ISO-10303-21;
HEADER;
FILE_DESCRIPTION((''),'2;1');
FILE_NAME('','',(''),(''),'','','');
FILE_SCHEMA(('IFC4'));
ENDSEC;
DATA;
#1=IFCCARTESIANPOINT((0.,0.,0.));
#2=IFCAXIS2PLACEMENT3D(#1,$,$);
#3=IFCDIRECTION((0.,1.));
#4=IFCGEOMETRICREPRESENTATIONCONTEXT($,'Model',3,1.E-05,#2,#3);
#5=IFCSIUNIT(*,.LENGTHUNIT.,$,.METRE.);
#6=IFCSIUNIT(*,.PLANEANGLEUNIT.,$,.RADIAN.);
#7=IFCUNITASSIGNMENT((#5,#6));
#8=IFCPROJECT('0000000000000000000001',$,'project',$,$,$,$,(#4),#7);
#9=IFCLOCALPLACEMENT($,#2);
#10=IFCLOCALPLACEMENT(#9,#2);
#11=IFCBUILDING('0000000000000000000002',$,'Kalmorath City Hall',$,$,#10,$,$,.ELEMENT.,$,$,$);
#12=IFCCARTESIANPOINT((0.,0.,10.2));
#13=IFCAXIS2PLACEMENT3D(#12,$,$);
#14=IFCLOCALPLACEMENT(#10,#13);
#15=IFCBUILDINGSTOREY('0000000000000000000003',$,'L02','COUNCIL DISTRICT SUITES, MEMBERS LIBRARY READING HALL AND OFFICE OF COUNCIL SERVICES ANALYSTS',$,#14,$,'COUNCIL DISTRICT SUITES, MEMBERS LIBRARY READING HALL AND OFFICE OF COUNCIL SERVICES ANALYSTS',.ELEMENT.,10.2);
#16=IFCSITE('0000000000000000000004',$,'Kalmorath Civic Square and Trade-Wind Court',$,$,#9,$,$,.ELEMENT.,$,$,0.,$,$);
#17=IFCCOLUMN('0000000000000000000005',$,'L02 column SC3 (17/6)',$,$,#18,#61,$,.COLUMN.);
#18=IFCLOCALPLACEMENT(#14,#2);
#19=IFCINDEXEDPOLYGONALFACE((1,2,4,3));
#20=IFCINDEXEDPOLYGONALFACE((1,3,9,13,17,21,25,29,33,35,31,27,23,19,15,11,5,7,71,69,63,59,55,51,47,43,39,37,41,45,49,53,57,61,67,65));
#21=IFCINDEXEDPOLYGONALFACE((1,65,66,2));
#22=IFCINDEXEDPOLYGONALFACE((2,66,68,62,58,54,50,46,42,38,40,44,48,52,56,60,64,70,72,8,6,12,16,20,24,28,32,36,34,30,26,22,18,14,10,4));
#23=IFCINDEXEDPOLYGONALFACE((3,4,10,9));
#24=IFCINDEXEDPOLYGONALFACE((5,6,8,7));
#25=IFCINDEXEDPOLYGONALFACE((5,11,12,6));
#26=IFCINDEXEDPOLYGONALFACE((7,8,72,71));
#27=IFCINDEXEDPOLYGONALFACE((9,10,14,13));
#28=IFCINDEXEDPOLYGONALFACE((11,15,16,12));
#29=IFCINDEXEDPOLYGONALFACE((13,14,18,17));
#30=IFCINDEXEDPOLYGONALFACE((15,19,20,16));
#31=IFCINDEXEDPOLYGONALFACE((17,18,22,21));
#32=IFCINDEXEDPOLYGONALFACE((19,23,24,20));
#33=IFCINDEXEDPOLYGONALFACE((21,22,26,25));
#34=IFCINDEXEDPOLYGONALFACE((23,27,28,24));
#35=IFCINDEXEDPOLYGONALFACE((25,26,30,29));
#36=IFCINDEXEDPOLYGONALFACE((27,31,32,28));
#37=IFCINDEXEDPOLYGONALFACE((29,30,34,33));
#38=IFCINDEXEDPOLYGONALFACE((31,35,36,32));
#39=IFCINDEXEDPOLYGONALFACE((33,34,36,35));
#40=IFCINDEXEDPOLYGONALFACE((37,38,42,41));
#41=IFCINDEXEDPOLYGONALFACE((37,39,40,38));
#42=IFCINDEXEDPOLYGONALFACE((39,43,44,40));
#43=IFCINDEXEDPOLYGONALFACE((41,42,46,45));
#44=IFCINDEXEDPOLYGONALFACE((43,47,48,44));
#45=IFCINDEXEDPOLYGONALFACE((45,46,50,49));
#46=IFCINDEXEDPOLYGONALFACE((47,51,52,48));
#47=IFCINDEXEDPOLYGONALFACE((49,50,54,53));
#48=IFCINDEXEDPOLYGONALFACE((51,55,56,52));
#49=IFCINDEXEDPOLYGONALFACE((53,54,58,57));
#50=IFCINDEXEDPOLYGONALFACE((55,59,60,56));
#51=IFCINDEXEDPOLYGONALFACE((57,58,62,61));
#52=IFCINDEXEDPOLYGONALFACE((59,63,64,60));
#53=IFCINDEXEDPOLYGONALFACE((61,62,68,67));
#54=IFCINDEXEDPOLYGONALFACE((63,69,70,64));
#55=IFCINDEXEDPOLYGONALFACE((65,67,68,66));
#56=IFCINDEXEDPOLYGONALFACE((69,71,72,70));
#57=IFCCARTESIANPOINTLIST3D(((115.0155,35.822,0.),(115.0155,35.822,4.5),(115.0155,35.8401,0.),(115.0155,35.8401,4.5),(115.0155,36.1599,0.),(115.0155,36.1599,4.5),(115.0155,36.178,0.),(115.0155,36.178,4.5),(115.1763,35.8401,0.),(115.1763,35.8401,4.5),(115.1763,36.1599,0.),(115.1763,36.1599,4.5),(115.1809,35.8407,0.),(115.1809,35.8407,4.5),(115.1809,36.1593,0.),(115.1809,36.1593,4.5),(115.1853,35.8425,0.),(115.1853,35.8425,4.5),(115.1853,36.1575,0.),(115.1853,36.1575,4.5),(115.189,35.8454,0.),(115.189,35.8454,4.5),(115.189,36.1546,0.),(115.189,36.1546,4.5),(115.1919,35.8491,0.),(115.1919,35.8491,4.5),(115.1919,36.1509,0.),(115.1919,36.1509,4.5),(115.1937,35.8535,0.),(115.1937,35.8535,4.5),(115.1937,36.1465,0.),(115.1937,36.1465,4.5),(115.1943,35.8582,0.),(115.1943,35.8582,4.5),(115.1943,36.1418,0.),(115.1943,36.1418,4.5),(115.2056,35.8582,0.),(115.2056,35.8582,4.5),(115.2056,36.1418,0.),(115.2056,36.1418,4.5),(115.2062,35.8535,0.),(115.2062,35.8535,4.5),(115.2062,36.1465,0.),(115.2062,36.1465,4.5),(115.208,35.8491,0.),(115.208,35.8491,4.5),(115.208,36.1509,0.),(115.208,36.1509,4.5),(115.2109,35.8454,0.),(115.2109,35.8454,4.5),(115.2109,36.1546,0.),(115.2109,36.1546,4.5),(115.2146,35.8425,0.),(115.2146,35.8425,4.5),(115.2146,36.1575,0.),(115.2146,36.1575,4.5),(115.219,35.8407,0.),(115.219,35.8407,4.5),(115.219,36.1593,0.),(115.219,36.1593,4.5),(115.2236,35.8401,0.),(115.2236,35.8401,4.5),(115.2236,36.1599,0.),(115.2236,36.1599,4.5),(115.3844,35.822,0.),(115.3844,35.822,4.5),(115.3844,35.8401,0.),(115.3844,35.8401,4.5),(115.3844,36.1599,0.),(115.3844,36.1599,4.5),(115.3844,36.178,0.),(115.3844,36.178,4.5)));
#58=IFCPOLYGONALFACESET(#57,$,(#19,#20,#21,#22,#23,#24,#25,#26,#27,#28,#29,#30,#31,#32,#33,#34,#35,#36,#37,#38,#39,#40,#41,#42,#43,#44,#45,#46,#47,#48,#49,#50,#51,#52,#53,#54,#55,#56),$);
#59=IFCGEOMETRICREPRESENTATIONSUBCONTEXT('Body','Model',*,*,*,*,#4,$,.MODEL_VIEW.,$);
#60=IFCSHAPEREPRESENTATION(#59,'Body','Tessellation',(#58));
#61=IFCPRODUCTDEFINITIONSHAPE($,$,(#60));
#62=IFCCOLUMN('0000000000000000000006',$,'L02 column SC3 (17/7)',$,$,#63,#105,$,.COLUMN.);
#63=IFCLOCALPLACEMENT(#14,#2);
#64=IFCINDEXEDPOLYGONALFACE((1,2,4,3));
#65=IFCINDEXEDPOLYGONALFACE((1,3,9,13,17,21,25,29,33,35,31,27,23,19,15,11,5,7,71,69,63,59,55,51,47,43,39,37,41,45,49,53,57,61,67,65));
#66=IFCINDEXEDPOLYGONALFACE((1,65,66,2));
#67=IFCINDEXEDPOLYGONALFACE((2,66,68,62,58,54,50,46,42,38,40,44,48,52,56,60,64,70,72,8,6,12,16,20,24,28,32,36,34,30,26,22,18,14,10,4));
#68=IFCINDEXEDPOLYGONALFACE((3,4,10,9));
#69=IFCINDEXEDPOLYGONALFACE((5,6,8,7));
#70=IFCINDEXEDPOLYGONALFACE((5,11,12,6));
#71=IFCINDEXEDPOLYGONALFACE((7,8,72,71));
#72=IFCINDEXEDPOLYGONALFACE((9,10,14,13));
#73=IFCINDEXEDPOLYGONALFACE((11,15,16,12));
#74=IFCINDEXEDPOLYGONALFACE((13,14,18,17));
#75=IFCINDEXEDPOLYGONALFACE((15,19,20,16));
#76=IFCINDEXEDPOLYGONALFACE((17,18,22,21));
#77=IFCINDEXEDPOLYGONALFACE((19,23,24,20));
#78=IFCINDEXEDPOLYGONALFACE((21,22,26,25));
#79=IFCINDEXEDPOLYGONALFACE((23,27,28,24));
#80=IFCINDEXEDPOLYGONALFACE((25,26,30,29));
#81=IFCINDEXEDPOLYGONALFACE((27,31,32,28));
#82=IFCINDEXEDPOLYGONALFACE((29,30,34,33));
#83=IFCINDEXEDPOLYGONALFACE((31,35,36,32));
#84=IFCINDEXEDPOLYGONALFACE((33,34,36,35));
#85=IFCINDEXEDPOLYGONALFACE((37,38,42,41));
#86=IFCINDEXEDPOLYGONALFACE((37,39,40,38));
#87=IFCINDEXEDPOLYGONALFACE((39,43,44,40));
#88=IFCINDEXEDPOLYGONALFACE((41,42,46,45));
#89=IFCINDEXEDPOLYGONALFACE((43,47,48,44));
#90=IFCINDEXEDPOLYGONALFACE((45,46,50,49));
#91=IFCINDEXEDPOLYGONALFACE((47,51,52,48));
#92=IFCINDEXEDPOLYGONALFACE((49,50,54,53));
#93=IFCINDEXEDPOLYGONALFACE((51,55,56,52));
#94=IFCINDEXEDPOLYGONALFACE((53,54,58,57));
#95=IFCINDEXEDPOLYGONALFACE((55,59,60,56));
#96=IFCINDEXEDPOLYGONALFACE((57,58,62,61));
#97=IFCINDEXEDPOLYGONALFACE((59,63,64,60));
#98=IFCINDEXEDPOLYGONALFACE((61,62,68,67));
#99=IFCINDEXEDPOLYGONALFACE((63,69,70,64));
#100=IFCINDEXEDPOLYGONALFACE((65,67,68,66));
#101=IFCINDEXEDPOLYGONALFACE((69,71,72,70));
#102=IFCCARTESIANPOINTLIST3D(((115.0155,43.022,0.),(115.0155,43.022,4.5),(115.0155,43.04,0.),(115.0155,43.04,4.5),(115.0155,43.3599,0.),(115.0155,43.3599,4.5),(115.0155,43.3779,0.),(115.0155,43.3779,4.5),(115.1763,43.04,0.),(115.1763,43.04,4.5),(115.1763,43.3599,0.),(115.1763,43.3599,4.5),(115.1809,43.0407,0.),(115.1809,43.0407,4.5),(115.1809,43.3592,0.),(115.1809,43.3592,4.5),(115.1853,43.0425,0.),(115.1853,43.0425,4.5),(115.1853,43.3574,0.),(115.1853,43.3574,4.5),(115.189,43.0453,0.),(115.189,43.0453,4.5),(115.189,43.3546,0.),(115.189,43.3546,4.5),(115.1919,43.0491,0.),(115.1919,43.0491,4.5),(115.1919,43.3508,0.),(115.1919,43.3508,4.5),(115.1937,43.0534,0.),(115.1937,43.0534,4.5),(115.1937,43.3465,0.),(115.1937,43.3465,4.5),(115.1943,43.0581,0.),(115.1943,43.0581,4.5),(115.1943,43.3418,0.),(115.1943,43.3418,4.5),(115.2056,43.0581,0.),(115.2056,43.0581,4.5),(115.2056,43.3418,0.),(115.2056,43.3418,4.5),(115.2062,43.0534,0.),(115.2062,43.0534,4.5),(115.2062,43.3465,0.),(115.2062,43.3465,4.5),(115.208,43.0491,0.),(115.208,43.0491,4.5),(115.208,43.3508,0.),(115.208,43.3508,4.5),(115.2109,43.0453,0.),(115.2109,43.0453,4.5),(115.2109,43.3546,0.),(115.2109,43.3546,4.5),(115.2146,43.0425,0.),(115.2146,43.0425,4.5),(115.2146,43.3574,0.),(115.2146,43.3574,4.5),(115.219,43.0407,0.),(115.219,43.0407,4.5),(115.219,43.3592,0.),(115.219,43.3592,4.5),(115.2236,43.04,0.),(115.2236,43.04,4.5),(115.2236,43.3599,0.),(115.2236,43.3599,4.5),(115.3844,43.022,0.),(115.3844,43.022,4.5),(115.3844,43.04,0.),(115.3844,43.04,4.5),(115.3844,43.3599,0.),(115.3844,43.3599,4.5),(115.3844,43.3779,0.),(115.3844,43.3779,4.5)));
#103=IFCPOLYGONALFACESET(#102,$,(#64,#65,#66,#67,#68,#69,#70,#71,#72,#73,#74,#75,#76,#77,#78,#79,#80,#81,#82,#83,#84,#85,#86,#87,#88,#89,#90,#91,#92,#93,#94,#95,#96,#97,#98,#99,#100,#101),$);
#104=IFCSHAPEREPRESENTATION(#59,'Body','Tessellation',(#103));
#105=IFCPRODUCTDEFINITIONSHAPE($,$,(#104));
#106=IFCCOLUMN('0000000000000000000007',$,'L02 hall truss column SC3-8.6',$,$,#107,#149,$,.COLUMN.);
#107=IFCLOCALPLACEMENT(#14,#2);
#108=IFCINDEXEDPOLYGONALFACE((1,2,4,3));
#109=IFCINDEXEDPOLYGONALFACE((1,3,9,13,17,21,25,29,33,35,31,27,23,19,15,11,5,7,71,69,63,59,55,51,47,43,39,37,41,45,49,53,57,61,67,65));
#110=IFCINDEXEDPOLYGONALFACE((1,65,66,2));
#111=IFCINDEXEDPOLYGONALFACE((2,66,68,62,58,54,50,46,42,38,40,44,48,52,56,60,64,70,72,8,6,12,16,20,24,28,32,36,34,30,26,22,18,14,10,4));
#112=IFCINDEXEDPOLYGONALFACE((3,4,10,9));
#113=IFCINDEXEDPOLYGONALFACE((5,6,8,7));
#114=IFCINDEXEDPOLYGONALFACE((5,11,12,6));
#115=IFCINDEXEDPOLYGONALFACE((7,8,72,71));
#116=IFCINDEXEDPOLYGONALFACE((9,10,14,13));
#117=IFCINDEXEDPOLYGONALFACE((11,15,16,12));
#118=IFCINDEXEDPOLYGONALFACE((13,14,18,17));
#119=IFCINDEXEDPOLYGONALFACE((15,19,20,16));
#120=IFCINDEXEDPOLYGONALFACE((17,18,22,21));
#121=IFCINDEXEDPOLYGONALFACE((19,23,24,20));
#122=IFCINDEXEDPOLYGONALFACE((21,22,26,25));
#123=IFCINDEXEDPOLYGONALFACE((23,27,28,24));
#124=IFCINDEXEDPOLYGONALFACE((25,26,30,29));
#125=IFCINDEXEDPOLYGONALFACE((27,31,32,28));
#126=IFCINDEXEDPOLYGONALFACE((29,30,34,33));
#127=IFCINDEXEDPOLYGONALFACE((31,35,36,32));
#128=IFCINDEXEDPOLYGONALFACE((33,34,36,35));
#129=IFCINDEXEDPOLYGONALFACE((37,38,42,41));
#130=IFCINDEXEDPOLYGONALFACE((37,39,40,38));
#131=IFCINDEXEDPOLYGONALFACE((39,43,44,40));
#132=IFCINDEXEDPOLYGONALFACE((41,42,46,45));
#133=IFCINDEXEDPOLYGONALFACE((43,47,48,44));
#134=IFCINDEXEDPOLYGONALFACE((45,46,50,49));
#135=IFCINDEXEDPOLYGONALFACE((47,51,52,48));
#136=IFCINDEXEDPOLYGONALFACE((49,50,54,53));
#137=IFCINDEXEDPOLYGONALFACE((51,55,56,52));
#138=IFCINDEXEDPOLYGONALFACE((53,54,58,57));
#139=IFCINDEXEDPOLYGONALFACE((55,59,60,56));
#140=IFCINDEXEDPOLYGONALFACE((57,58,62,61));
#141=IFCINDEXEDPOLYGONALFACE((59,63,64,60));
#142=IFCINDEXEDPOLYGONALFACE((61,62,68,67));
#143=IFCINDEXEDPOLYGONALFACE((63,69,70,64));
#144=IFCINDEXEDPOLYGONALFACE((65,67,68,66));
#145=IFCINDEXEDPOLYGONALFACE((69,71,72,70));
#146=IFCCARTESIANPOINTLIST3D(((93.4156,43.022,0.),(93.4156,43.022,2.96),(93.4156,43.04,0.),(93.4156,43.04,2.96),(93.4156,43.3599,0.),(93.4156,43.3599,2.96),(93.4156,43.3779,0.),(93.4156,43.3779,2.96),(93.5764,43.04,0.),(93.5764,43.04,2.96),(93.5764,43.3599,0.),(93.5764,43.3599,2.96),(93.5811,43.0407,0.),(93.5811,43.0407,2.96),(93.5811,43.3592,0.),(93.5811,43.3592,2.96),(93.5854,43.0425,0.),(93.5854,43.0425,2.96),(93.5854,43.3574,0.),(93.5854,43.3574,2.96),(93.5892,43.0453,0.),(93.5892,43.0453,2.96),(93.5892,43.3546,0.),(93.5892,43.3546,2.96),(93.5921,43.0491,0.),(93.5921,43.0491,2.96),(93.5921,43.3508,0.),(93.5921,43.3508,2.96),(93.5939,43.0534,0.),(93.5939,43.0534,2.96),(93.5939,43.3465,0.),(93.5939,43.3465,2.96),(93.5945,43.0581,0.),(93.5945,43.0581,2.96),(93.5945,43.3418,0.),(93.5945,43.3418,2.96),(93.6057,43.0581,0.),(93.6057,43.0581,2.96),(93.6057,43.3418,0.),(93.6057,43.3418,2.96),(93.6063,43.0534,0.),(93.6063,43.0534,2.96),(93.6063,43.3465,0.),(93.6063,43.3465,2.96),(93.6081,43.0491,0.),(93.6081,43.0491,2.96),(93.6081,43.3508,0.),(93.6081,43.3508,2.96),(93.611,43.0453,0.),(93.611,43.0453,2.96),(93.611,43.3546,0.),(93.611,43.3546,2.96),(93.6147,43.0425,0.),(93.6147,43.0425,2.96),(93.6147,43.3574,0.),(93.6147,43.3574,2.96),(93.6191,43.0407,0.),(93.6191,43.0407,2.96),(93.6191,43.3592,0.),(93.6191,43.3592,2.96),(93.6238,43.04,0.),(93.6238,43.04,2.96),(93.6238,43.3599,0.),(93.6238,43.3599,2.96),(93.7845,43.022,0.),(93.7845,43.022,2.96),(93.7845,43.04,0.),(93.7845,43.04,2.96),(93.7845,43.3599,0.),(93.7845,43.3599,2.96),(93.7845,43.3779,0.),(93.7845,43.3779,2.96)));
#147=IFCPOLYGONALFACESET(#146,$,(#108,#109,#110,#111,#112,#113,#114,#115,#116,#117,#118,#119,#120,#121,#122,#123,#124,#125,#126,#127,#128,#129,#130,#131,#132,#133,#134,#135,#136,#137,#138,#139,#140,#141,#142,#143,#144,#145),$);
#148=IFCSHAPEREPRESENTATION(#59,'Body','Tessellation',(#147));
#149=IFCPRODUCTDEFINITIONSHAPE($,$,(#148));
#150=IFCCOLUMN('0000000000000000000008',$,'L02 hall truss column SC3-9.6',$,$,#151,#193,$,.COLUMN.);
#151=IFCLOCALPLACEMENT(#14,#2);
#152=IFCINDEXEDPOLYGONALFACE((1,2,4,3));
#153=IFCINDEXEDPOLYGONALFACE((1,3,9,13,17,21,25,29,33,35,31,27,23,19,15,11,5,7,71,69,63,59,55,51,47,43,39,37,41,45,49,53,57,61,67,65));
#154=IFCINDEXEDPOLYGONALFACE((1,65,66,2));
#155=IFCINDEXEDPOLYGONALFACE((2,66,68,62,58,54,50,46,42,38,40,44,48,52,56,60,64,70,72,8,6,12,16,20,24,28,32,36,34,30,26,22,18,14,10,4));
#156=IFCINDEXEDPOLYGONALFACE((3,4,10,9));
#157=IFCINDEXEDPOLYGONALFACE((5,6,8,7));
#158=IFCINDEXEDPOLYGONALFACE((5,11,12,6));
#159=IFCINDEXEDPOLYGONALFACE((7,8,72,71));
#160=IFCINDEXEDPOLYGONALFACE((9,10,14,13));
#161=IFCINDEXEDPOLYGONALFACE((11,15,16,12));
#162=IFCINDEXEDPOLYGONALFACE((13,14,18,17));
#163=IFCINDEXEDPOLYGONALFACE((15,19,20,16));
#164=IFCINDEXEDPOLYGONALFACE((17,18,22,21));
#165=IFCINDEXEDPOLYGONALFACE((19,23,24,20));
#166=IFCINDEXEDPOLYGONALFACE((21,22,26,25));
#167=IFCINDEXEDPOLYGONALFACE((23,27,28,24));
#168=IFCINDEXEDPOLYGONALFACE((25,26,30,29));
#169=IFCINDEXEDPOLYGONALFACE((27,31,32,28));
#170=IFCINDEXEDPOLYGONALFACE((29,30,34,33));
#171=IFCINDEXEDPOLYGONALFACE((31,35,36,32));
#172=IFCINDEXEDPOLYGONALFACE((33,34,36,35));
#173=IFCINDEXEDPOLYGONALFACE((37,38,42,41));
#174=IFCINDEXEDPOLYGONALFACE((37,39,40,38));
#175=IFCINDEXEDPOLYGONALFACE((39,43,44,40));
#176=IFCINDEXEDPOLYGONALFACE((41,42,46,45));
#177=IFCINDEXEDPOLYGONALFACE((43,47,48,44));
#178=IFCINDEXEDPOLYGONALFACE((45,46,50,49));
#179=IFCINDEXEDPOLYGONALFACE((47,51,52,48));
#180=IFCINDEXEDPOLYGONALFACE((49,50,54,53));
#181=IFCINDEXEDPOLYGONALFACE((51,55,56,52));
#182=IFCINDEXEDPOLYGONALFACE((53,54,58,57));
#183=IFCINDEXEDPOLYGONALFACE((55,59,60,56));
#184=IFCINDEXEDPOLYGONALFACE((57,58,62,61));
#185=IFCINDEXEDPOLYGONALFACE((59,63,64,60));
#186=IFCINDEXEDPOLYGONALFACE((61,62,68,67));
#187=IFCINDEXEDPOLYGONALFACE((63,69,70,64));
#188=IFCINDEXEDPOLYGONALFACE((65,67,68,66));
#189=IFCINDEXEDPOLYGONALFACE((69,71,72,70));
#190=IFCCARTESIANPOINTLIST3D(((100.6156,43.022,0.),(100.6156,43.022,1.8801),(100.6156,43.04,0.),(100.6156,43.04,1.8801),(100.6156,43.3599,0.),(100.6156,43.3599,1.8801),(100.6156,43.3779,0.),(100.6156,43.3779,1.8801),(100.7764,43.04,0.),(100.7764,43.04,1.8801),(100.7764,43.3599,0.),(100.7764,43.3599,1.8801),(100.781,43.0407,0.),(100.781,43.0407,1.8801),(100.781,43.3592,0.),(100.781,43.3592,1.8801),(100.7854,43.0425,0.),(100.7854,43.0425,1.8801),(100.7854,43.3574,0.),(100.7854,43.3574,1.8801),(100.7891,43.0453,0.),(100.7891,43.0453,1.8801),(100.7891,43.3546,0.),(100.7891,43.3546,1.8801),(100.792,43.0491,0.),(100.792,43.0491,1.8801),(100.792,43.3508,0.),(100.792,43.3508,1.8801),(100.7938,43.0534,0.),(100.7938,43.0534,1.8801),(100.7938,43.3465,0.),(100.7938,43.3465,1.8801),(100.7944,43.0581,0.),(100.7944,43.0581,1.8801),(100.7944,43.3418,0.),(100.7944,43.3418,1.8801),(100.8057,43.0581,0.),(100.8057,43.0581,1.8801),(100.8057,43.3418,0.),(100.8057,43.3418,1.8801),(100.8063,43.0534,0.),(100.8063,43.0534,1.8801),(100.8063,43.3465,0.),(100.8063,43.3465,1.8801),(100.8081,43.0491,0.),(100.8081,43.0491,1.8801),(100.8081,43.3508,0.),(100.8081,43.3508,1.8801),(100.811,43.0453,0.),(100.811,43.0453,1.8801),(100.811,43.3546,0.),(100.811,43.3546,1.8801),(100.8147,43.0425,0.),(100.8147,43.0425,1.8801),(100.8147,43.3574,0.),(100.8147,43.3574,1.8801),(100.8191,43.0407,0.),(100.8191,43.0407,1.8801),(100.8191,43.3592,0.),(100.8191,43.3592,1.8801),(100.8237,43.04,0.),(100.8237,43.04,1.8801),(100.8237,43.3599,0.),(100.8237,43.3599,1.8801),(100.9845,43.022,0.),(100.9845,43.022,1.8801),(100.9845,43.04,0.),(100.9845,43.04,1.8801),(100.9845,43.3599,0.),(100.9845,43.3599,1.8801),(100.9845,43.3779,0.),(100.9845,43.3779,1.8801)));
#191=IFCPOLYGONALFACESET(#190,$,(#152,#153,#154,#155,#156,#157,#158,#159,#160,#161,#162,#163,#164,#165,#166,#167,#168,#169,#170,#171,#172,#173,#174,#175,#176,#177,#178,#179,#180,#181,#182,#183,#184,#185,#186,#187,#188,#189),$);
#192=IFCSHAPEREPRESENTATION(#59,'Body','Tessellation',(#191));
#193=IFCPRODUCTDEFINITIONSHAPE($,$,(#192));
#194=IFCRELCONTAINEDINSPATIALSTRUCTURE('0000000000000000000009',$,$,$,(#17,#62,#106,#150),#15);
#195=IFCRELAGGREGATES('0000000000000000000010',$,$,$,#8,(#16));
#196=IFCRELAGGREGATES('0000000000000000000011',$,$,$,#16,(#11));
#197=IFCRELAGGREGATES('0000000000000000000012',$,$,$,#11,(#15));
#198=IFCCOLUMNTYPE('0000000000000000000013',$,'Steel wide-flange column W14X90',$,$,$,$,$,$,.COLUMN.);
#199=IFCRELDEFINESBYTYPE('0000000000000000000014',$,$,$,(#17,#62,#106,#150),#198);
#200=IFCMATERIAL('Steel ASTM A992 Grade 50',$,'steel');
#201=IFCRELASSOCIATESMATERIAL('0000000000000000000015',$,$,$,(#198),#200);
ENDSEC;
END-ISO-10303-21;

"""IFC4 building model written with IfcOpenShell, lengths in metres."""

from ifc_helpers import new_model, si_unit, direction, frame, origin, origin_2d, place, context, subcontext, project, spatial, i_section, extrude, material, material_profile, profile_set, type_object, element, save


model = new_model("IFC4")

# Units and contexts
model_context = context("Model", 3, precision=1e-05, world=origin(), true_north=direction((0.0, 1.0)))
body_context = subcontext(model_context, "Body", "Model", "MODEL_VIEW")
ifc_project = project(units=[si_unit("LENGTHUNIT", "METRE"), si_unit("PLANEANGLEUNIT", "RADIAN")], contexts=[model_context])

# Site, building, storey
site_placement = place(None, origin())
site = spatial("IfcSite", under=ifc_project, at=site_placement, Name="Kalmorath Civic Square and Trade-Wind Court", CompositionType="ELEMENT", RefElevation=0.0)
building_placement = place(site_placement, origin())
building = spatial("IfcBuilding", under=site, at=building_placement, Name="Kalmorath City Hall", CompositionType="ELEMENT")
storey_placement = place(building_placement, frame((0.0, 0.0, 10.2)))
storey = spatial("IfcBuildingStorey", under=building, at=storey_placement, Name="L02", Description="COUNCIL DISTRICT SUITES, MEMBERS LIBRARY READING HALL AND OFFICE OF COUNCIL SERVICES ANALYSTS", LongName="COUNCIL DISTRICT SUITES, MEMBERS LIBRARY READING HALL AND OFFICE OF COUNCIL SERVICES ANALYSTS", CompositionType="ELEMENT", Elevation=10.2)

# Columns
ifc_material_1 = material(Name="Steel ASTM A992 Grade 50", Category="steel")
ifc_material_profile_1 = material_profile(ifc_material_1, i_section(OverallWidth=0.3689, OverallDepth=0.356, WebThickness=0.0112, FlangeThickness=0.0181, FilletRadius=0.0181, at=origin_2d()), Name="W14X90")
ifc_profile_set_1 = profile_set([ifc_material_profile_1], Name="Steel ASTM A992 Grade 50")
column_type = type_object("IfcColumnType", Name="Steel wide-flange column W14X90", PredefinedType="COLUMN", material=ifc_profile_set_1)
for number, where, z_axis, x_axis, name in (
    (1, (115.2, 36.0, 0.0), (0.0, 0.0, 1.0), (1.0, 0.0, 0.0), "L02 column SC3 (17/6)"),
    (2, (115.2, 43.2, 0.0), (0.0, 0.0, 1.0), (1.0, 0.0, 0.0), "L02 column SC3 (17/7)"),
):
    element("IfcColumn", number, at=place(storey_placement, frame(where, z_axis=z_axis, x_axis=x_axis)), inside=storey, type_object=column_type, Name=name, PredefinedType="COLUMN", context=body_context, shape_type="SweptSolid", body=[
        extrude(i_section(OverallWidth=0.3689, OverallDepth=0.356, WebThickness=0.0112, FlangeThickness=0.0181, FilletRadius=0.0181, at=origin_2d()), origin(), (0.0, 0.0, 1.0), 4.5),
    ])
column_1_placement = place(storey_placement, frame((93.6001, 43.2, 0.0), z_axis=(0.0, 0.0, 1.0), x_axis=(1.0, 0.0, 0.0)))
element("IfcColumn", 3, at=column_1_placement, inside=storey, type_object=column_type, Name="L02 hall truss column SC3-8.6", PredefinedType="COLUMN", context=body_context, shape_type="SweptSolid", body=[
    extrude(i_section(OverallWidth=0.3689, OverallDepth=0.356, WebThickness=0.0112, FlangeThickness=0.0181, FilletRadius=0.0181, at=origin_2d()), origin(), (0.0, 0.0, 1.0), 2.96),
])
column_2_placement = place(storey_placement, frame((100.8, 43.2, 0.0), z_axis=(0.0, 0.0, 1.0), x_axis=(1.0, 0.0, 0.0)))
element("IfcColumn", 4, at=column_2_placement, inside=storey, type_object=column_type, Name="L02 hall truss column SC3-9.6", PredefinedType="COLUMN", context=body_context, shape_type="SweptSolid", body=[
    extrude(i_section(OverallWidth=0.3689, OverallDepth=0.356, WebThickness=0.0112, FlangeThickness=0.0181, FilletRadius=0.0181, at=origin_2d()), origin(), (0.0, 0.0, 1.0), 1.8801),
])

save(model, "model.ifc")
